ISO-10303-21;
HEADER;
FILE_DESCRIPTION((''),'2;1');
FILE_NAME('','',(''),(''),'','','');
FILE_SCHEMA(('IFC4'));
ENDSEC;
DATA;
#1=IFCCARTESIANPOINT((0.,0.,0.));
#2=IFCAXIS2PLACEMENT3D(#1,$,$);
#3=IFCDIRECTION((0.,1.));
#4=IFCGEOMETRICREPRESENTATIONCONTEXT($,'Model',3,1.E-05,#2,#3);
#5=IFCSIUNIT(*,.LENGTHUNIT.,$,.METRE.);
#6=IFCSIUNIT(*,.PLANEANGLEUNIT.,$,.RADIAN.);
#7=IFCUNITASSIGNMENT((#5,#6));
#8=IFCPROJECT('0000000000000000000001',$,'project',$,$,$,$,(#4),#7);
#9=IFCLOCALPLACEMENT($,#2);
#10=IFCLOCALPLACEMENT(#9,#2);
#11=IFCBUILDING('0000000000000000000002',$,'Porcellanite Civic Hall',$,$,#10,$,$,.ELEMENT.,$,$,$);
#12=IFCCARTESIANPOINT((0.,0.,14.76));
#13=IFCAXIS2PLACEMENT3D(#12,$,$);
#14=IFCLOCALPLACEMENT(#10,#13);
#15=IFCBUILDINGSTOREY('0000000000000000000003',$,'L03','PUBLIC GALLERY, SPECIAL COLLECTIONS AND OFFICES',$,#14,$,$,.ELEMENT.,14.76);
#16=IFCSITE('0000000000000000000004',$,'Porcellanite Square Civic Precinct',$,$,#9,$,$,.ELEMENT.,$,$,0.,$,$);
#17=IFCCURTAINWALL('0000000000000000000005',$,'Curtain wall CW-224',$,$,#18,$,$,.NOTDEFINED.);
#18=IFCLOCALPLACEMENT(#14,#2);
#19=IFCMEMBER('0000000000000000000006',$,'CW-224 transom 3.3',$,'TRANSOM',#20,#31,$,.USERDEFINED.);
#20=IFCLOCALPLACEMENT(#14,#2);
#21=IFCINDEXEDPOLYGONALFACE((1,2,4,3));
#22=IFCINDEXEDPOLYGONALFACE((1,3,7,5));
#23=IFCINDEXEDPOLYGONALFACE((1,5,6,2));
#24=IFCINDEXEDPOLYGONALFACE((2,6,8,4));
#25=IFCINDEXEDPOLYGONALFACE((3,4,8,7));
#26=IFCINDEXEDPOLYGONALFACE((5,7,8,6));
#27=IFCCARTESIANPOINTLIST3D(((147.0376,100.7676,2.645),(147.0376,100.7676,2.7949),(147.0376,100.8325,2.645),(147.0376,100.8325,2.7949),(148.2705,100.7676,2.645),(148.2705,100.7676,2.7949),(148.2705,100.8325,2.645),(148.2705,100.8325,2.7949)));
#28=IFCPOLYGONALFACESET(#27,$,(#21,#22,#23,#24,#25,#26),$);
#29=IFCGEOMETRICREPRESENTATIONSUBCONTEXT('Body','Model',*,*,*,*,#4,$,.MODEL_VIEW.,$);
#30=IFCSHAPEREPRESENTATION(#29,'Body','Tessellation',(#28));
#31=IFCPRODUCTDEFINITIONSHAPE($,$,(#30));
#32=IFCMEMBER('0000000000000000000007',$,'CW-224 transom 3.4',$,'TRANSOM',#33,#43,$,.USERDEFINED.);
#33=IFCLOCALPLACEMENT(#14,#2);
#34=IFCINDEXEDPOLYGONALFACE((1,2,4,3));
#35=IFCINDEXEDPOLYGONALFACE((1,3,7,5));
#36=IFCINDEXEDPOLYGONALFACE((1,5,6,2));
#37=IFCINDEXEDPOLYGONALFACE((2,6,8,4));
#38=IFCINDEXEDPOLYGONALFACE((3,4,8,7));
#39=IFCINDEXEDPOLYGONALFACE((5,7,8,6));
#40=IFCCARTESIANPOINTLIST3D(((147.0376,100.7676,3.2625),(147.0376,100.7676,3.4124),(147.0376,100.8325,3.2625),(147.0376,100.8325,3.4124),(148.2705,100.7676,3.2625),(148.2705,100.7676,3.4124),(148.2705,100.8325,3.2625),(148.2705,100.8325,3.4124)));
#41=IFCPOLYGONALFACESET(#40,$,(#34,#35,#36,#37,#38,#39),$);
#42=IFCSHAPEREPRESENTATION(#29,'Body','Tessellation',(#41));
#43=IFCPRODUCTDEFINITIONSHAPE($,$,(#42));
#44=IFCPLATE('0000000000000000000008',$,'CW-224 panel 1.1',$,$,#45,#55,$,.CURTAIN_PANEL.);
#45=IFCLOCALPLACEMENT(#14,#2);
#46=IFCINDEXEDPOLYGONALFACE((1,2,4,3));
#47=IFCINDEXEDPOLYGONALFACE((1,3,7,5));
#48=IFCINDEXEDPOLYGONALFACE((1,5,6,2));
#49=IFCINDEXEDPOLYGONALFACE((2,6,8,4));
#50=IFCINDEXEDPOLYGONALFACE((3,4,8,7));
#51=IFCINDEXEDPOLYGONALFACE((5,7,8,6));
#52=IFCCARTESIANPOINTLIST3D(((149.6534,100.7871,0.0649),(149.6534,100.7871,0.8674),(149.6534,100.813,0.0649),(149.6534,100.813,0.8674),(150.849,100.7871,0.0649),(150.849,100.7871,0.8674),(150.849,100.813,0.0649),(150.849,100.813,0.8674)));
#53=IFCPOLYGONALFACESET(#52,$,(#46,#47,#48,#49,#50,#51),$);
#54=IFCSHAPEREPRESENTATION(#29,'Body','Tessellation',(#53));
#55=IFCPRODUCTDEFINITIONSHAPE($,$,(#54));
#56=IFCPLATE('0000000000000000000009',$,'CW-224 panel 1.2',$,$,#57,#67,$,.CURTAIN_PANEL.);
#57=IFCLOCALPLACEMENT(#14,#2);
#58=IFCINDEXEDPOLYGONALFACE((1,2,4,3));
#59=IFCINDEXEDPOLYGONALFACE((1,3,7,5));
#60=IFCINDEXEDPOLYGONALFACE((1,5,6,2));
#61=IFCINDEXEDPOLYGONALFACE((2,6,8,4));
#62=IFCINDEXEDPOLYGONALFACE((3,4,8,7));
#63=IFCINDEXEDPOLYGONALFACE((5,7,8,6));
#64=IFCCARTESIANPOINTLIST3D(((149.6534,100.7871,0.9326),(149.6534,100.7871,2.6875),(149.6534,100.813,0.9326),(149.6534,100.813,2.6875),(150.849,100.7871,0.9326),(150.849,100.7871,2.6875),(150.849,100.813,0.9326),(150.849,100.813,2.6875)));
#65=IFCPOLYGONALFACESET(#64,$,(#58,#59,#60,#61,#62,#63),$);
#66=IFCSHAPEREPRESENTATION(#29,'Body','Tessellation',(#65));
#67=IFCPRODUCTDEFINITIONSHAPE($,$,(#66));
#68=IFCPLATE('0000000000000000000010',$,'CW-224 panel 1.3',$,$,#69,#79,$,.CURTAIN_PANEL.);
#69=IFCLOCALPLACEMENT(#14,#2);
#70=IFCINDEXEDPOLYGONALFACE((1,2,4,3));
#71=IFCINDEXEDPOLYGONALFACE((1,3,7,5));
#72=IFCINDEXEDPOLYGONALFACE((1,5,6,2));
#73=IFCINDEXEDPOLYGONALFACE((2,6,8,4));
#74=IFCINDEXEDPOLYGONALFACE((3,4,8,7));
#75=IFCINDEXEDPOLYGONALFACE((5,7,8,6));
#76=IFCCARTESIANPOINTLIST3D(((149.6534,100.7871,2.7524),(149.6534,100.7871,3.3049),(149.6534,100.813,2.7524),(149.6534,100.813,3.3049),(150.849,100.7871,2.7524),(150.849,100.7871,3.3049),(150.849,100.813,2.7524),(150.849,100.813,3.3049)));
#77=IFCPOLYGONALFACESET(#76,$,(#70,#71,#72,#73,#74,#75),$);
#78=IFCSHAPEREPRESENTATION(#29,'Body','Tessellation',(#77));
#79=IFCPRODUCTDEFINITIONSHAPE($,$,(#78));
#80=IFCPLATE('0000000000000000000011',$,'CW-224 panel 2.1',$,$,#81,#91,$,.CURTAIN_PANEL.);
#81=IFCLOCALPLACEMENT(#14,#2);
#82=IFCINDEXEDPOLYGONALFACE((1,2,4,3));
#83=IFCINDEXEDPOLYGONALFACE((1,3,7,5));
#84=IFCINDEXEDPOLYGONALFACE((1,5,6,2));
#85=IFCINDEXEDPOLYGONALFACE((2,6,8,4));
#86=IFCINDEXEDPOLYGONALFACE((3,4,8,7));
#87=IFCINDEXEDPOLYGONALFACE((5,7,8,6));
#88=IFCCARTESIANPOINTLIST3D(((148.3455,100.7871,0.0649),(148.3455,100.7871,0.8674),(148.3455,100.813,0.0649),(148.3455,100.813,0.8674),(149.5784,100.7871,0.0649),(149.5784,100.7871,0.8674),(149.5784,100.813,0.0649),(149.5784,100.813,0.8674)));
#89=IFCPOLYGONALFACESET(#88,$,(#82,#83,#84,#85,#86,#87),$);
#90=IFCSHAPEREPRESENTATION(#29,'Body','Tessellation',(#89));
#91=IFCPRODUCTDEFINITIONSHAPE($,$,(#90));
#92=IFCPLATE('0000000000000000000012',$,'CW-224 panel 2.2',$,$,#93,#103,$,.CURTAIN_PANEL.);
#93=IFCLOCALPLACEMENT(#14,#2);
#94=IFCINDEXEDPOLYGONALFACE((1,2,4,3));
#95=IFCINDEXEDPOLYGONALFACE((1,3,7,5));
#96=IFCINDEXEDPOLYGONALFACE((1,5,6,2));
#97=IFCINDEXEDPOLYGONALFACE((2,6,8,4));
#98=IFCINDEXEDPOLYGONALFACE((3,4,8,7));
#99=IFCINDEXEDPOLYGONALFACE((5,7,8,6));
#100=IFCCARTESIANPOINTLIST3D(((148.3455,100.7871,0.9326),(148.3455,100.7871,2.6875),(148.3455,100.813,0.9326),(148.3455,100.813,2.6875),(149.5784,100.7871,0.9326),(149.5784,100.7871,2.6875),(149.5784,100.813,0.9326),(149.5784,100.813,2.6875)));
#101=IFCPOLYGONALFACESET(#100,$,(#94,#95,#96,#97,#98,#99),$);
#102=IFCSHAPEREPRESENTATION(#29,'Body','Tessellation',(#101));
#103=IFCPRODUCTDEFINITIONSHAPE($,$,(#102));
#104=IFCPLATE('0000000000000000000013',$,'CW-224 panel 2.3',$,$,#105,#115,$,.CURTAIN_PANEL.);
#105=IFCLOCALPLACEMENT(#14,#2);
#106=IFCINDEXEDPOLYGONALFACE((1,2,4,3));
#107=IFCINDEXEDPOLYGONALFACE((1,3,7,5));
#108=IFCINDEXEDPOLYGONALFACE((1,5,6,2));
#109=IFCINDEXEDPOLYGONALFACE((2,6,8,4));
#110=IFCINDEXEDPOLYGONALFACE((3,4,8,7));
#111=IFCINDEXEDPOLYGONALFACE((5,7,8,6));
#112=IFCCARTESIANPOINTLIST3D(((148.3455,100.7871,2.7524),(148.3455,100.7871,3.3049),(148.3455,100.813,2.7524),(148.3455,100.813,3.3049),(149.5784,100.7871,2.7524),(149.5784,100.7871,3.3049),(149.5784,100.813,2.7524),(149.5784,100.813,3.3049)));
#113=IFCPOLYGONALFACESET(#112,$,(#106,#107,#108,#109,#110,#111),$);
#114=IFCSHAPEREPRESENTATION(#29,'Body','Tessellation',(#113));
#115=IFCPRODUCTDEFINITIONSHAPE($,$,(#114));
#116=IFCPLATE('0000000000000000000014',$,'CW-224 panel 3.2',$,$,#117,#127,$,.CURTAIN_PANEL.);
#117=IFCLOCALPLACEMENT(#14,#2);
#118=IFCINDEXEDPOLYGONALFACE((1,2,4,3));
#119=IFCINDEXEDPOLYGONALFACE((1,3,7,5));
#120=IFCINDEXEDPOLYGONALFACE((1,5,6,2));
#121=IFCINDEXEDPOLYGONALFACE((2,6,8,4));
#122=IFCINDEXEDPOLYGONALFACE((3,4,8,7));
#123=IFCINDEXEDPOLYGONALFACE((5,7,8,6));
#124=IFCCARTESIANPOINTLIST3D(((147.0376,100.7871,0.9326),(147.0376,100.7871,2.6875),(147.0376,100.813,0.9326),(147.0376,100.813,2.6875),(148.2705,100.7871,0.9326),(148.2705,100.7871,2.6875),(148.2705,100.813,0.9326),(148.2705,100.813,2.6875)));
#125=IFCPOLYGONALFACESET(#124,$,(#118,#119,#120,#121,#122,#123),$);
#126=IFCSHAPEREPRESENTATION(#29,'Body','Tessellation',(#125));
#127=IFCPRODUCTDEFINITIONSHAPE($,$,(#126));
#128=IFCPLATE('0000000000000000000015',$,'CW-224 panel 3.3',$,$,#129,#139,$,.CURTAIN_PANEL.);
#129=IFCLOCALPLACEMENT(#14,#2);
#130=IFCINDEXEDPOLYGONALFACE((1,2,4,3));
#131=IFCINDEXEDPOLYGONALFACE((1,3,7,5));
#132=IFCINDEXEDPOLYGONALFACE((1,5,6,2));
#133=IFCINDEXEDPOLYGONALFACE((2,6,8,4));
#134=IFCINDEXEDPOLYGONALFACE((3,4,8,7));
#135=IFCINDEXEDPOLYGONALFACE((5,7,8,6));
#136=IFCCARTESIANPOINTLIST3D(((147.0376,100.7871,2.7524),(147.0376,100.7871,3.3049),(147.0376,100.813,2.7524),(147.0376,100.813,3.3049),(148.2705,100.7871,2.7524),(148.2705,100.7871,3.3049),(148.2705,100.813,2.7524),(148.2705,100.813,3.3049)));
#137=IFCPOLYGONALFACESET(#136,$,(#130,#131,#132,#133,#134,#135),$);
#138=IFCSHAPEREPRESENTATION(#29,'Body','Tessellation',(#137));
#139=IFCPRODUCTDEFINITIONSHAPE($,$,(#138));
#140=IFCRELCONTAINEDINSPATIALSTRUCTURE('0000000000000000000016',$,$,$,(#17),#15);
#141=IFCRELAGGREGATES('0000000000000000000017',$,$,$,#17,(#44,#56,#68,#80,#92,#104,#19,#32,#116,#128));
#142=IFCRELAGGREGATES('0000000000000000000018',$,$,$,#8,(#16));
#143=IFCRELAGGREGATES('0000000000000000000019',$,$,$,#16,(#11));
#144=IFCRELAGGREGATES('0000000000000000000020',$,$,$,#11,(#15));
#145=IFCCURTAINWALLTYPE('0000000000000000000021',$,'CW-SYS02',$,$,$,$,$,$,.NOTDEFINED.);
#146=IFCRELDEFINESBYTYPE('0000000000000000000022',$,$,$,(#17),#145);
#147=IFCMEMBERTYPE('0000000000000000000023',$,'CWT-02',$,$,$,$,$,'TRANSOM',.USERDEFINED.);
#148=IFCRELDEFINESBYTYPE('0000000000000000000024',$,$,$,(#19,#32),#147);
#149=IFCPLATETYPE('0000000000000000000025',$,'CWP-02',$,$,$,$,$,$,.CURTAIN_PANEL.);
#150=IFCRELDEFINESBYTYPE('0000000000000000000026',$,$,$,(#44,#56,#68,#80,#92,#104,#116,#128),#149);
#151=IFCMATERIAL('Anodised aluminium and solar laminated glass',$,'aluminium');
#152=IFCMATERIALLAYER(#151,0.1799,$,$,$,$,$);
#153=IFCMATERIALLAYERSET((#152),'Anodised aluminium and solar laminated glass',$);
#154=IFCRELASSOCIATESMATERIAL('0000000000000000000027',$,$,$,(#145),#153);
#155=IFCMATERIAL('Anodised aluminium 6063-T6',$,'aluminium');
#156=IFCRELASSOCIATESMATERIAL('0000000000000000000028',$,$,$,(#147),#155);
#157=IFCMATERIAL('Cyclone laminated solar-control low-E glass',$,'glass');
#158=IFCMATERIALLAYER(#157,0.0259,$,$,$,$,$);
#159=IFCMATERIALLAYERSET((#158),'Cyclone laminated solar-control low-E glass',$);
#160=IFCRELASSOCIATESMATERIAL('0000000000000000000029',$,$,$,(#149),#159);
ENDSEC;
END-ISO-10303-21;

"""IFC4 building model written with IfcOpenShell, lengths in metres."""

from ifc_helpers import new_model, si_unit, direction, frame, origin, origin_2d, place, context, subcontext, project, spatial, rectangle, extrude, material, layer, layer_set, material_profile, profile_set, type_object, element, aggregate, save


model = new_model("IFC4")

# Units and contexts
model_context = context("Model", 3, precision=1e-05, world=origin(), true_north=direction((0.0, 1.0)))
body_context = subcontext(model_context, "Body", "Model", "MODEL_VIEW")
ifc_project = project(units=[si_unit("LENGTHUNIT", "METRE"), si_unit("PLANEANGLEUNIT", "RADIAN")], contexts=[model_context])

# Site, building, storey
site_placement = place(None, origin())
site = spatial("IfcSite", under=ifc_project, at=site_placement, Name="Porcellanite Square Civic Precinct", CompositionType="ELEMENT", RefElevation=0.0)
building_placement = place(site_placement, origin())
building = spatial("IfcBuilding", under=site, at=building_placement, Name="Porcellanite Civic Hall", CompositionType="ELEMENT")
storey_placement = place(building_placement, frame((0.0, 0.0, 14.76)))
storey = spatial("IfcBuildingStorey", under=building, at=storey_placement, Name="L03", Description="PUBLIC GALLERY, SPECIAL COLLECTIONS AND OFFICES", CompositionType="ELEMENT", Elevation=14.76)

# Curtain wall, members, plates
ifc_material_1 = material(Name="Anodised aluminium and solar laminated glass", Category="aluminium")
ifc_layer_1 = layer(ifc_material_1, 0.1799)
ifc_layer_set_1 = layer_set([ifc_layer_1], Name="Anodised aluminium and solar laminated glass")
curtain_wall_type = type_object("IfcCurtainWallType", Name="CW-SYS02", PredefinedType="NOTDEFINED", material=ifc_layer_set_1)
curtain_wall_placement = place(storey_placement, origin())
curtain_wall = element("IfcCurtainWall", 1, at=curtain_wall_placement, inside=storey, type_object=curtain_wall_type, Name="Curtain wall CW-224", PredefinedType="NOTDEFINED")
ifc_material_2 = material(Name="Anodised aluminium 6063-T6", Category="aluminium")
ifc_material_profile_1 = material_profile(ifc_material_2, rectangle(XDim=0.0649, YDim=0.1499, at=origin_2d()), Name="AL-65x150")
ifc_profile_set_1 = profile_set([ifc_material_profile_1], Name="Anodised aluminium 6063-T6")
member_type_1 = type_object("IfcMemberType", Name="CWT-02", ElementType="TRANSOM", PredefinedType="USERDEFINED", material=ifc_profile_set_1)
member_1_placement = place(storey_placement, frame((148.2705, 100.8, 2.72), z_axis=(-1.0, 0.0, 0.0), x_axis=(0.0, -1.0, 0.0)))
member_1 = element("IfcMember", 2, at=member_1_placement, type_object=member_type_1, Name="CW-224 transom 3.3", ObjectType="TRANSOM", PredefinedType="USERDEFINED", context=body_context, shape_type="SweptSolid", body=[
    extrude(rectangle(XDim=0.0649, YDim=0.1499, at=origin_2d()), origin(), (0.0, 0.0, 1.0), 1.2329),
])
member_2_placement = place(storey_placement, frame((148.2705, 100.8, 3.3374), z_axis=(-1.0, 0.0, 0.0), x_axis=(0.0, -1.0, 0.0)))
member_2 = element("IfcMember", 3, at=member_2_placement, type_object=member_type_1, Name="CW-224 transom 3.4", ObjectType="TRANSOM", PredefinedType="USERDEFINED", context=body_context, shape_type="SweptSolid", body=[
    extrude(rectangle(XDim=0.0649, YDim=0.1499, at=origin_2d()), origin(), (0.0, 0.0, 1.0), 1.2329),
])
ifc_material_3 = material(Name="Cyclone laminated solar-control low-E glass", Category="glass")
ifc_layer_2 = layer(ifc_material_3, 0.0259)
ifc_layer_set_2 = layer_set([ifc_layer_2], Name="Cyclone laminated solar-control low-E glass")
plate_type = type_object("IfcPlateType", Name="CWP-02", PredefinedType="CURTAIN_PANEL", material=ifc_layer_set_2)
plate_1_placement = place(storey_placement, frame((150.2512, 100.8, 0.0649), z_axis=(0.0, 0.0, 1.0), x_axis=(-1.0, 0.0, 0.0)))
plate_1 = element("IfcPlate", 4, at=plate_1_placement, type_object=plate_type, Name="CW-224 panel 1.1", PredefinedType="CURTAIN_PANEL", context=body_context, shape_type="SweptSolid", body=[
    extrude(rectangle(XDim=1.1956, YDim=0.0259, at=origin_2d()), origin(), (0.0, 0.0, 1.0), 0.8025),
])
plate_2_placement = place(storey_placement, frame((150.2512, 100.8, 0.9326), z_axis=(0.0, 0.0, 1.0), x_axis=(-1.0, 0.0, 0.0)))
plate_2 = element("IfcPlate", 5, at=plate_2_placement, type_object=plate_type, Name="CW-224 panel 1.2", PredefinedType="CURTAIN_PANEL", context=body_context, shape_type="SweptSolid", body=[
    extrude(rectangle(XDim=1.1956, YDim=0.0259, at=origin_2d()), origin(), (0.0, 0.0, 1.0), 1.7549),
])
plate_3_placement = place(storey_placement, frame((150.2512, 100.8, 2.7524), z_axis=(0.0, 0.0, 1.0), x_axis=(-1.0, 0.0, 0.0)))
plate_3 = element("IfcPlate", 6, at=plate_3_placement, type_object=plate_type, Name="CW-224 panel 1.3", PredefinedType="CURTAIN_PANEL", context=body_context, shape_type="SweptSolid", body=[
    extrude(rectangle(XDim=1.1956, YDim=0.0259, at=origin_2d()), origin(), (0.0, 0.0, 1.0), 0.5525),
])
plate_4_placement = place(storey_placement, frame((148.9619, 100.8, 0.0649), z_axis=(0.0, 0.0, 1.0), x_axis=(-1.0, 0.0, 0.0)))
plate_4 = element("IfcPlate", 7, at=plate_4_placement, type_object=plate_type, Name="CW-224 panel 2.1", PredefinedType="CURTAIN_PANEL", context=body_context, shape_type="SweptSolid", body=[
    extrude(rectangle(XDim=1.2329, YDim=0.0259, at=origin_2d()), origin(), (0.0, 0.0, 1.0), 0.8025),
])
plate_5_placement = place(storey_placement, frame((148.9619, 100.8, 0.9326), z_axis=(0.0, 0.0, 1.0), x_axis=(-1.0, 0.0, 0.0)))
plate_5 = element("IfcPlate", 8, at=plate_5_placement, type_object=plate_type, Name="CW-224 panel 2.2", PredefinedType="CURTAIN_PANEL", context=body_context, shape_type="SweptSolid", body=[
    extrude(rectangle(XDim=1.2329, YDim=0.0259, at=origin_2d()), origin(), (0.0, 0.0, 1.0), 1.7549),
])
plate_6_placement = place(storey_placement, frame((148.9619, 100.8, 2.7524), z_axis=(0.0, 0.0, 1.0), x_axis=(-1.0, 0.0, 0.0)))
plate_6 = element("IfcPlate", 9, at=plate_6_placement, type_object=plate_type, Name="CW-224 panel 2.3", PredefinedType="CURTAIN_PANEL", context=body_context, shape_type="SweptSolid", body=[
    extrude(rectangle(XDim=1.2329, YDim=0.0259, at=origin_2d()), origin(), (0.0, 0.0, 1.0), 0.5525),
])
plate_7_placement = place(storey_placement, frame((147.6541, 100.8, 0.9326), z_axis=(0.0, 0.0, 1.0), x_axis=(-1.0, 0.0, 0.0)))
plate_7 = element("IfcPlate", 10, at=plate_7_placement, type_object=plate_type, Name="CW-224 panel 3.2", PredefinedType="CURTAIN_PANEL", context=body_context, shape_type="SweptSolid", body=[
    extrude(rectangle(XDim=1.2329, YDim=0.0259, at=origin_2d()), origin(), (0.0, 0.0, 1.0), 1.7549),
])
plate_8_placement = place(storey_placement, frame((147.6541, 100.8, 2.7524), z_axis=(0.0, 0.0, 1.0), x_axis=(-1.0, 0.0, 0.0)))
plate_8 = element("IfcPlate", 11, at=plate_8_placement, type_object=plate_type, Name="CW-224 panel 3.3", PredefinedType="CURTAIN_PANEL", context=body_context, shape_type="SweptSolid", body=[
    extrude(rectangle(XDim=1.2329, YDim=0.0259, at=origin_2d()), origin(), (0.0, 0.0, 1.0), 0.5525),
])
aggregate(curtain_wall, [plate_1, plate_2, plate_3, plate_4, plate_5, plate_6, member_1, member_2, plate_7, plate_8])

save(model, "model.ifc")
